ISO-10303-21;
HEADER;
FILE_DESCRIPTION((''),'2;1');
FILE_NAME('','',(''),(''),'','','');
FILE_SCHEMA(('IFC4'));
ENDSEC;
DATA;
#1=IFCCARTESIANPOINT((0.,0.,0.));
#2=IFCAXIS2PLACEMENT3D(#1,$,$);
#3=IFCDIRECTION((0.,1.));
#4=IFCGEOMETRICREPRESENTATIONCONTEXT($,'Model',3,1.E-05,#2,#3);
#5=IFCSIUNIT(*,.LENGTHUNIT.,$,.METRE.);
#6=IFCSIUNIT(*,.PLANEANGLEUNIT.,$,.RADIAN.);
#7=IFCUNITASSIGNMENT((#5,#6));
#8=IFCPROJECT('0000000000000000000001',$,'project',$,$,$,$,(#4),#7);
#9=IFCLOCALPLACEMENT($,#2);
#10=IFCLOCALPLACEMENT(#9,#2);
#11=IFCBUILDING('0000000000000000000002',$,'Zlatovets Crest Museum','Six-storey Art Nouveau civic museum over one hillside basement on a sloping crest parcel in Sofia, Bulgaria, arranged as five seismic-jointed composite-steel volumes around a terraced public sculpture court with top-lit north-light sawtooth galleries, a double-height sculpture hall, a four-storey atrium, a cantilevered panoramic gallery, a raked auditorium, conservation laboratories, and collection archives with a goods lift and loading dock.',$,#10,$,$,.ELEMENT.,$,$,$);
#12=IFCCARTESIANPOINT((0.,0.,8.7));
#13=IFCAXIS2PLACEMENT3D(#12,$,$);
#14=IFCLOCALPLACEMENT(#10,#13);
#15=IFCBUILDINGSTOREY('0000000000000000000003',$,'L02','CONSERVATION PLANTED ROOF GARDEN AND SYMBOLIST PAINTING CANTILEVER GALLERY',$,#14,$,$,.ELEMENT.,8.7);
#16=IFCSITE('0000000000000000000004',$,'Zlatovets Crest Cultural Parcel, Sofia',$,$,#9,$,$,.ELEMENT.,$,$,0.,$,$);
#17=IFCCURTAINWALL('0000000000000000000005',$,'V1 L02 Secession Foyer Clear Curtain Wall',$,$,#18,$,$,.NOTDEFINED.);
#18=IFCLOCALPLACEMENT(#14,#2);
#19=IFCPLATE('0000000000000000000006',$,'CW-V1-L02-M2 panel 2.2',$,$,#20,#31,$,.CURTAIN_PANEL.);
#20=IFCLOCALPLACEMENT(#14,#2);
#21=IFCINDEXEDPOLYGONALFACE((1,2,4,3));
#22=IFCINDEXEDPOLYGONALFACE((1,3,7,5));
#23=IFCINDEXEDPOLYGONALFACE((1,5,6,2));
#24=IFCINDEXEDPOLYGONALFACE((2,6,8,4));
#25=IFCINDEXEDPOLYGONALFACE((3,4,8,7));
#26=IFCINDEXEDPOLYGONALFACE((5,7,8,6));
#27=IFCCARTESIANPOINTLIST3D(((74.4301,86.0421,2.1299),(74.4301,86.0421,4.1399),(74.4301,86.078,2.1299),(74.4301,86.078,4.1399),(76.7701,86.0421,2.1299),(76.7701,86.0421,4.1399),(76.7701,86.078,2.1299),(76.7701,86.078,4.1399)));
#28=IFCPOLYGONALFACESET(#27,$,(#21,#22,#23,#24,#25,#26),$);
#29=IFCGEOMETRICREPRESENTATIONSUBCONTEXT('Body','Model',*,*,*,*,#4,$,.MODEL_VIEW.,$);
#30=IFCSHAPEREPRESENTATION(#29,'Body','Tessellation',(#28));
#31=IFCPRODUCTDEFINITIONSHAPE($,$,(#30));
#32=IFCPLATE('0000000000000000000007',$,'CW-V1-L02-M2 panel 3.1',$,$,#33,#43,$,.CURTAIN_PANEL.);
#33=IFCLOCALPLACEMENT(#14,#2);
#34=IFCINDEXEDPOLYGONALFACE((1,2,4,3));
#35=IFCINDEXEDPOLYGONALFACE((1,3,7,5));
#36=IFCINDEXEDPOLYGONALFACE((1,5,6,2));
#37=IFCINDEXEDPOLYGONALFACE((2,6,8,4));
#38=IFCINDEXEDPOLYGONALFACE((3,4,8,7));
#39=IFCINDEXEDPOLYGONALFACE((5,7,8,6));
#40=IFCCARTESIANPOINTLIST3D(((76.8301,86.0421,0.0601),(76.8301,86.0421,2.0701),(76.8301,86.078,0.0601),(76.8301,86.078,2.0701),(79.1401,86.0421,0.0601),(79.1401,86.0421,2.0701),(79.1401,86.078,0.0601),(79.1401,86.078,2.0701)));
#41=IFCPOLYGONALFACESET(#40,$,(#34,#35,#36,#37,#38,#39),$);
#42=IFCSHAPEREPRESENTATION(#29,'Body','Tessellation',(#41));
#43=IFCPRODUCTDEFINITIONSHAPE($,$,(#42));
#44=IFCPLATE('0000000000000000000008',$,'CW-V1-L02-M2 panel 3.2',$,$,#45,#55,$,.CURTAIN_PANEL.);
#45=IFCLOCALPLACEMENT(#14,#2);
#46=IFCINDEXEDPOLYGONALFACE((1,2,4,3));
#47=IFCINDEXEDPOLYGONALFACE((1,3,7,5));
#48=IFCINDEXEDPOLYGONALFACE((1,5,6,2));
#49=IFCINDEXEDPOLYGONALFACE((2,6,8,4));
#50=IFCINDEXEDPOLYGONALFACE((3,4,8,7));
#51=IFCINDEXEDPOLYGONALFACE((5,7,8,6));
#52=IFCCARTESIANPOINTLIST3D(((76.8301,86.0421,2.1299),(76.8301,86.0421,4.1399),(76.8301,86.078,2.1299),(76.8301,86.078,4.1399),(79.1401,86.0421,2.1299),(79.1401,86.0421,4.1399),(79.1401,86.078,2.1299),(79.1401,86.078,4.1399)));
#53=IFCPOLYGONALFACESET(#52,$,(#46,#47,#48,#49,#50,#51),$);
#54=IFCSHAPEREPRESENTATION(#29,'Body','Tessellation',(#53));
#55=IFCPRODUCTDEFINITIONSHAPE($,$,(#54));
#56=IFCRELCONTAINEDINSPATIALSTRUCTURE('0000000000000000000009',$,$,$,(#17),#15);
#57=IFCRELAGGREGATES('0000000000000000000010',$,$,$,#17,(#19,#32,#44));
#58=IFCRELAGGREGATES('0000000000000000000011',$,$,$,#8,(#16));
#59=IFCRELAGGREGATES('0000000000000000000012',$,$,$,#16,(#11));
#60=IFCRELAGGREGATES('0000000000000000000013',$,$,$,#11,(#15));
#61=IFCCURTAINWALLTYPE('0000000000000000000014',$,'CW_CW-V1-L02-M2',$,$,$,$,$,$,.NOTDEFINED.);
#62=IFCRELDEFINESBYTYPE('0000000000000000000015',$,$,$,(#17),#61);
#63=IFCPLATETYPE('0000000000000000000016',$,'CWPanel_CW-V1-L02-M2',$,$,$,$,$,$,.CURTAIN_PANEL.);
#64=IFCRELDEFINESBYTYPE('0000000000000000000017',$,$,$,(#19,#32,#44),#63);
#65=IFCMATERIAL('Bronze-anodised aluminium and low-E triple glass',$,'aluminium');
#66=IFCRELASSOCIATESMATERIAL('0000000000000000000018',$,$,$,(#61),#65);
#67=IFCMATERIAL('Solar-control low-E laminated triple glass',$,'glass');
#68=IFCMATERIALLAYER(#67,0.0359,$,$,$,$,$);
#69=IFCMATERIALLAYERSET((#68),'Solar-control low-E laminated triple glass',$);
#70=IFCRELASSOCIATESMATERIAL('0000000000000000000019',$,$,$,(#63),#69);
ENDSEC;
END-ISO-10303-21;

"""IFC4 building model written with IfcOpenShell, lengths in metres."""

from ifc_helpers import new_model, si_unit, direction, frame, origin, origin_2d, place, context, subcontext, project, spatial, rectangle, extrude, material, layer, layer_set, type_object, element, aggregate, save


model = new_model("IFC4")

# Units and contexts
model_context = context("Model", 3, precision=1e-05, world=origin(), true_north=direction((0.0, 1.0)))
body_context = subcontext(model_context, "Body", "Model", "MODEL_VIEW")
ifc_project = project(units=[si_unit("LENGTHUNIT", "METRE"), si_unit("PLANEANGLEUNIT", "RADIAN")], contexts=[model_context])

# Site, building, storey
site_placement = place(None, origin())
site = spatial("IfcSite", under=ifc_project, at=site_placement, Name="Zlatovets Crest Cultural Parcel, Sofia", CompositionType="ELEMENT", RefElevation=0.0)
building_placement = place(site_placement, origin())
building = spatial("IfcBuilding", under=site, at=building_placement, Name="Zlatovets Crest Museum", Description="Six-storey Art Nouveau civic museum over one hillside basement on a sloping crest parcel in Sofia, Bulgaria, arranged as five seismic-jointed composite-steel volumes around a terraced public sculpture court with top-lit north-light sawtooth galleries, a double-height sculpture hall, a four-storey atrium, a cantilevered panoramic gallery, a raked auditorium, conservation laboratories, and collection archives with a goods lift and loading dock.", CompositionType="ELEMENT")
storey_placement = place(building_placement, frame((0.0, 0.0, 8.7)))
storey = spatial("IfcBuildingStorey", under=building, at=storey_placement, Name="L02", Description="CONSERVATION PLANTED ROOF GARDEN AND SYMBOLIST PAINTING CANTILEVER GALLERY", CompositionType="ELEMENT", Elevation=8.7)

# Curtain wall
ifc_material_1 = material(Name="Bronze-anodised aluminium and low-E triple glass", Category="aluminium")
curtain_wall_type_1 = type_object("IfcCurtainWallType", Name="CW_CW-V1-L02-M2", PredefinedType="NOTDEFINED", material=ifc_material_1)
curtain_wall_1_placement = place(storey_placement, origin())
curtain_wall_1 = element("IfcCurtainWall", 1, at=curtain_wall_1_placement, inside=storey, type_object=curtain_wall_type_1, Name="V1 L02 Secession Foyer Clear Curtain Wall", PredefinedType="NOTDEFINED")

# Plates
ifc_material_2 = material(Name="Solar-control low-E laminated triple glass", Category="glass")
ifc_layer_1 = layer(ifc_material_2, 0.0359)
ifc_layer_set_1 = layer_set([ifc_layer_1], Name="Solar-control low-E laminated triple glass")
plate_type_1 = type_object("IfcPlateType", Name="CWPanel_CW-V1-L02-M2", PredefinedType="CURTAIN_PANEL", material=ifc_layer_set_1)
plate_1_placement = place(storey_placement, frame((75.6001, 86.0601, 2.1299), z_axis=(0.0, 0.0, 1.0), x_axis=(1.0, 0.0, 0.0)))
plate_1 = element("IfcPlate", 2, at=plate_1_placement, type_object=plate_type_1, Name="CW-V1-L02-M2 panel 2.2", PredefinedType="CURTAIN_PANEL", context=body_context, shape_type="SweptSolid", body=[
    extrude(rectangle(XDim=2.3401, YDim=0.0359, at=origin_2d()), origin(), (0.0, 0.0, 1.0), 2.01),
])
plate_2_placement = place(storey_placement, frame((77.9851, 86.0601, 0.0601), z_axis=(0.0, 0.0, 1.0), x_axis=(1.0, 0.0, 0.0)))
plate_2 = element("IfcPlate", 3, at=plate_2_placement, type_object=plate_type_1, Name="CW-V1-L02-M2 panel 3.1", PredefinedType="CURTAIN_PANEL", context=body_context, shape_type="SweptSolid", body=[
    extrude(rectangle(XDim=2.3101, YDim=0.0359, at=origin_2d()), origin(), (0.0, 0.0, 1.0), 2.01),
])
plate_3_placement = place(storey_placement, frame((77.9851, 86.0601, 2.1299), z_axis=(0.0, 0.0, 1.0), x_axis=(1.0, 0.0, 0.0)))
plate_3 = element("IfcPlate", 4, at=plate_3_placement, type_object=plate_type_1, Name="CW-V1-L02-M2 panel 3.2", PredefinedType="CURTAIN_PANEL", context=body_context, shape_type="SweptSolid", body=[
    extrude(rectangle(XDim=2.3101, YDim=0.0359, at=origin_2d()), origin(), (0.0, 0.0, 1.0), 2.01),
])
aggregate(curtain_wall_1, [plate_1, plate_2, plate_3])

save(model, "model.ifc")
